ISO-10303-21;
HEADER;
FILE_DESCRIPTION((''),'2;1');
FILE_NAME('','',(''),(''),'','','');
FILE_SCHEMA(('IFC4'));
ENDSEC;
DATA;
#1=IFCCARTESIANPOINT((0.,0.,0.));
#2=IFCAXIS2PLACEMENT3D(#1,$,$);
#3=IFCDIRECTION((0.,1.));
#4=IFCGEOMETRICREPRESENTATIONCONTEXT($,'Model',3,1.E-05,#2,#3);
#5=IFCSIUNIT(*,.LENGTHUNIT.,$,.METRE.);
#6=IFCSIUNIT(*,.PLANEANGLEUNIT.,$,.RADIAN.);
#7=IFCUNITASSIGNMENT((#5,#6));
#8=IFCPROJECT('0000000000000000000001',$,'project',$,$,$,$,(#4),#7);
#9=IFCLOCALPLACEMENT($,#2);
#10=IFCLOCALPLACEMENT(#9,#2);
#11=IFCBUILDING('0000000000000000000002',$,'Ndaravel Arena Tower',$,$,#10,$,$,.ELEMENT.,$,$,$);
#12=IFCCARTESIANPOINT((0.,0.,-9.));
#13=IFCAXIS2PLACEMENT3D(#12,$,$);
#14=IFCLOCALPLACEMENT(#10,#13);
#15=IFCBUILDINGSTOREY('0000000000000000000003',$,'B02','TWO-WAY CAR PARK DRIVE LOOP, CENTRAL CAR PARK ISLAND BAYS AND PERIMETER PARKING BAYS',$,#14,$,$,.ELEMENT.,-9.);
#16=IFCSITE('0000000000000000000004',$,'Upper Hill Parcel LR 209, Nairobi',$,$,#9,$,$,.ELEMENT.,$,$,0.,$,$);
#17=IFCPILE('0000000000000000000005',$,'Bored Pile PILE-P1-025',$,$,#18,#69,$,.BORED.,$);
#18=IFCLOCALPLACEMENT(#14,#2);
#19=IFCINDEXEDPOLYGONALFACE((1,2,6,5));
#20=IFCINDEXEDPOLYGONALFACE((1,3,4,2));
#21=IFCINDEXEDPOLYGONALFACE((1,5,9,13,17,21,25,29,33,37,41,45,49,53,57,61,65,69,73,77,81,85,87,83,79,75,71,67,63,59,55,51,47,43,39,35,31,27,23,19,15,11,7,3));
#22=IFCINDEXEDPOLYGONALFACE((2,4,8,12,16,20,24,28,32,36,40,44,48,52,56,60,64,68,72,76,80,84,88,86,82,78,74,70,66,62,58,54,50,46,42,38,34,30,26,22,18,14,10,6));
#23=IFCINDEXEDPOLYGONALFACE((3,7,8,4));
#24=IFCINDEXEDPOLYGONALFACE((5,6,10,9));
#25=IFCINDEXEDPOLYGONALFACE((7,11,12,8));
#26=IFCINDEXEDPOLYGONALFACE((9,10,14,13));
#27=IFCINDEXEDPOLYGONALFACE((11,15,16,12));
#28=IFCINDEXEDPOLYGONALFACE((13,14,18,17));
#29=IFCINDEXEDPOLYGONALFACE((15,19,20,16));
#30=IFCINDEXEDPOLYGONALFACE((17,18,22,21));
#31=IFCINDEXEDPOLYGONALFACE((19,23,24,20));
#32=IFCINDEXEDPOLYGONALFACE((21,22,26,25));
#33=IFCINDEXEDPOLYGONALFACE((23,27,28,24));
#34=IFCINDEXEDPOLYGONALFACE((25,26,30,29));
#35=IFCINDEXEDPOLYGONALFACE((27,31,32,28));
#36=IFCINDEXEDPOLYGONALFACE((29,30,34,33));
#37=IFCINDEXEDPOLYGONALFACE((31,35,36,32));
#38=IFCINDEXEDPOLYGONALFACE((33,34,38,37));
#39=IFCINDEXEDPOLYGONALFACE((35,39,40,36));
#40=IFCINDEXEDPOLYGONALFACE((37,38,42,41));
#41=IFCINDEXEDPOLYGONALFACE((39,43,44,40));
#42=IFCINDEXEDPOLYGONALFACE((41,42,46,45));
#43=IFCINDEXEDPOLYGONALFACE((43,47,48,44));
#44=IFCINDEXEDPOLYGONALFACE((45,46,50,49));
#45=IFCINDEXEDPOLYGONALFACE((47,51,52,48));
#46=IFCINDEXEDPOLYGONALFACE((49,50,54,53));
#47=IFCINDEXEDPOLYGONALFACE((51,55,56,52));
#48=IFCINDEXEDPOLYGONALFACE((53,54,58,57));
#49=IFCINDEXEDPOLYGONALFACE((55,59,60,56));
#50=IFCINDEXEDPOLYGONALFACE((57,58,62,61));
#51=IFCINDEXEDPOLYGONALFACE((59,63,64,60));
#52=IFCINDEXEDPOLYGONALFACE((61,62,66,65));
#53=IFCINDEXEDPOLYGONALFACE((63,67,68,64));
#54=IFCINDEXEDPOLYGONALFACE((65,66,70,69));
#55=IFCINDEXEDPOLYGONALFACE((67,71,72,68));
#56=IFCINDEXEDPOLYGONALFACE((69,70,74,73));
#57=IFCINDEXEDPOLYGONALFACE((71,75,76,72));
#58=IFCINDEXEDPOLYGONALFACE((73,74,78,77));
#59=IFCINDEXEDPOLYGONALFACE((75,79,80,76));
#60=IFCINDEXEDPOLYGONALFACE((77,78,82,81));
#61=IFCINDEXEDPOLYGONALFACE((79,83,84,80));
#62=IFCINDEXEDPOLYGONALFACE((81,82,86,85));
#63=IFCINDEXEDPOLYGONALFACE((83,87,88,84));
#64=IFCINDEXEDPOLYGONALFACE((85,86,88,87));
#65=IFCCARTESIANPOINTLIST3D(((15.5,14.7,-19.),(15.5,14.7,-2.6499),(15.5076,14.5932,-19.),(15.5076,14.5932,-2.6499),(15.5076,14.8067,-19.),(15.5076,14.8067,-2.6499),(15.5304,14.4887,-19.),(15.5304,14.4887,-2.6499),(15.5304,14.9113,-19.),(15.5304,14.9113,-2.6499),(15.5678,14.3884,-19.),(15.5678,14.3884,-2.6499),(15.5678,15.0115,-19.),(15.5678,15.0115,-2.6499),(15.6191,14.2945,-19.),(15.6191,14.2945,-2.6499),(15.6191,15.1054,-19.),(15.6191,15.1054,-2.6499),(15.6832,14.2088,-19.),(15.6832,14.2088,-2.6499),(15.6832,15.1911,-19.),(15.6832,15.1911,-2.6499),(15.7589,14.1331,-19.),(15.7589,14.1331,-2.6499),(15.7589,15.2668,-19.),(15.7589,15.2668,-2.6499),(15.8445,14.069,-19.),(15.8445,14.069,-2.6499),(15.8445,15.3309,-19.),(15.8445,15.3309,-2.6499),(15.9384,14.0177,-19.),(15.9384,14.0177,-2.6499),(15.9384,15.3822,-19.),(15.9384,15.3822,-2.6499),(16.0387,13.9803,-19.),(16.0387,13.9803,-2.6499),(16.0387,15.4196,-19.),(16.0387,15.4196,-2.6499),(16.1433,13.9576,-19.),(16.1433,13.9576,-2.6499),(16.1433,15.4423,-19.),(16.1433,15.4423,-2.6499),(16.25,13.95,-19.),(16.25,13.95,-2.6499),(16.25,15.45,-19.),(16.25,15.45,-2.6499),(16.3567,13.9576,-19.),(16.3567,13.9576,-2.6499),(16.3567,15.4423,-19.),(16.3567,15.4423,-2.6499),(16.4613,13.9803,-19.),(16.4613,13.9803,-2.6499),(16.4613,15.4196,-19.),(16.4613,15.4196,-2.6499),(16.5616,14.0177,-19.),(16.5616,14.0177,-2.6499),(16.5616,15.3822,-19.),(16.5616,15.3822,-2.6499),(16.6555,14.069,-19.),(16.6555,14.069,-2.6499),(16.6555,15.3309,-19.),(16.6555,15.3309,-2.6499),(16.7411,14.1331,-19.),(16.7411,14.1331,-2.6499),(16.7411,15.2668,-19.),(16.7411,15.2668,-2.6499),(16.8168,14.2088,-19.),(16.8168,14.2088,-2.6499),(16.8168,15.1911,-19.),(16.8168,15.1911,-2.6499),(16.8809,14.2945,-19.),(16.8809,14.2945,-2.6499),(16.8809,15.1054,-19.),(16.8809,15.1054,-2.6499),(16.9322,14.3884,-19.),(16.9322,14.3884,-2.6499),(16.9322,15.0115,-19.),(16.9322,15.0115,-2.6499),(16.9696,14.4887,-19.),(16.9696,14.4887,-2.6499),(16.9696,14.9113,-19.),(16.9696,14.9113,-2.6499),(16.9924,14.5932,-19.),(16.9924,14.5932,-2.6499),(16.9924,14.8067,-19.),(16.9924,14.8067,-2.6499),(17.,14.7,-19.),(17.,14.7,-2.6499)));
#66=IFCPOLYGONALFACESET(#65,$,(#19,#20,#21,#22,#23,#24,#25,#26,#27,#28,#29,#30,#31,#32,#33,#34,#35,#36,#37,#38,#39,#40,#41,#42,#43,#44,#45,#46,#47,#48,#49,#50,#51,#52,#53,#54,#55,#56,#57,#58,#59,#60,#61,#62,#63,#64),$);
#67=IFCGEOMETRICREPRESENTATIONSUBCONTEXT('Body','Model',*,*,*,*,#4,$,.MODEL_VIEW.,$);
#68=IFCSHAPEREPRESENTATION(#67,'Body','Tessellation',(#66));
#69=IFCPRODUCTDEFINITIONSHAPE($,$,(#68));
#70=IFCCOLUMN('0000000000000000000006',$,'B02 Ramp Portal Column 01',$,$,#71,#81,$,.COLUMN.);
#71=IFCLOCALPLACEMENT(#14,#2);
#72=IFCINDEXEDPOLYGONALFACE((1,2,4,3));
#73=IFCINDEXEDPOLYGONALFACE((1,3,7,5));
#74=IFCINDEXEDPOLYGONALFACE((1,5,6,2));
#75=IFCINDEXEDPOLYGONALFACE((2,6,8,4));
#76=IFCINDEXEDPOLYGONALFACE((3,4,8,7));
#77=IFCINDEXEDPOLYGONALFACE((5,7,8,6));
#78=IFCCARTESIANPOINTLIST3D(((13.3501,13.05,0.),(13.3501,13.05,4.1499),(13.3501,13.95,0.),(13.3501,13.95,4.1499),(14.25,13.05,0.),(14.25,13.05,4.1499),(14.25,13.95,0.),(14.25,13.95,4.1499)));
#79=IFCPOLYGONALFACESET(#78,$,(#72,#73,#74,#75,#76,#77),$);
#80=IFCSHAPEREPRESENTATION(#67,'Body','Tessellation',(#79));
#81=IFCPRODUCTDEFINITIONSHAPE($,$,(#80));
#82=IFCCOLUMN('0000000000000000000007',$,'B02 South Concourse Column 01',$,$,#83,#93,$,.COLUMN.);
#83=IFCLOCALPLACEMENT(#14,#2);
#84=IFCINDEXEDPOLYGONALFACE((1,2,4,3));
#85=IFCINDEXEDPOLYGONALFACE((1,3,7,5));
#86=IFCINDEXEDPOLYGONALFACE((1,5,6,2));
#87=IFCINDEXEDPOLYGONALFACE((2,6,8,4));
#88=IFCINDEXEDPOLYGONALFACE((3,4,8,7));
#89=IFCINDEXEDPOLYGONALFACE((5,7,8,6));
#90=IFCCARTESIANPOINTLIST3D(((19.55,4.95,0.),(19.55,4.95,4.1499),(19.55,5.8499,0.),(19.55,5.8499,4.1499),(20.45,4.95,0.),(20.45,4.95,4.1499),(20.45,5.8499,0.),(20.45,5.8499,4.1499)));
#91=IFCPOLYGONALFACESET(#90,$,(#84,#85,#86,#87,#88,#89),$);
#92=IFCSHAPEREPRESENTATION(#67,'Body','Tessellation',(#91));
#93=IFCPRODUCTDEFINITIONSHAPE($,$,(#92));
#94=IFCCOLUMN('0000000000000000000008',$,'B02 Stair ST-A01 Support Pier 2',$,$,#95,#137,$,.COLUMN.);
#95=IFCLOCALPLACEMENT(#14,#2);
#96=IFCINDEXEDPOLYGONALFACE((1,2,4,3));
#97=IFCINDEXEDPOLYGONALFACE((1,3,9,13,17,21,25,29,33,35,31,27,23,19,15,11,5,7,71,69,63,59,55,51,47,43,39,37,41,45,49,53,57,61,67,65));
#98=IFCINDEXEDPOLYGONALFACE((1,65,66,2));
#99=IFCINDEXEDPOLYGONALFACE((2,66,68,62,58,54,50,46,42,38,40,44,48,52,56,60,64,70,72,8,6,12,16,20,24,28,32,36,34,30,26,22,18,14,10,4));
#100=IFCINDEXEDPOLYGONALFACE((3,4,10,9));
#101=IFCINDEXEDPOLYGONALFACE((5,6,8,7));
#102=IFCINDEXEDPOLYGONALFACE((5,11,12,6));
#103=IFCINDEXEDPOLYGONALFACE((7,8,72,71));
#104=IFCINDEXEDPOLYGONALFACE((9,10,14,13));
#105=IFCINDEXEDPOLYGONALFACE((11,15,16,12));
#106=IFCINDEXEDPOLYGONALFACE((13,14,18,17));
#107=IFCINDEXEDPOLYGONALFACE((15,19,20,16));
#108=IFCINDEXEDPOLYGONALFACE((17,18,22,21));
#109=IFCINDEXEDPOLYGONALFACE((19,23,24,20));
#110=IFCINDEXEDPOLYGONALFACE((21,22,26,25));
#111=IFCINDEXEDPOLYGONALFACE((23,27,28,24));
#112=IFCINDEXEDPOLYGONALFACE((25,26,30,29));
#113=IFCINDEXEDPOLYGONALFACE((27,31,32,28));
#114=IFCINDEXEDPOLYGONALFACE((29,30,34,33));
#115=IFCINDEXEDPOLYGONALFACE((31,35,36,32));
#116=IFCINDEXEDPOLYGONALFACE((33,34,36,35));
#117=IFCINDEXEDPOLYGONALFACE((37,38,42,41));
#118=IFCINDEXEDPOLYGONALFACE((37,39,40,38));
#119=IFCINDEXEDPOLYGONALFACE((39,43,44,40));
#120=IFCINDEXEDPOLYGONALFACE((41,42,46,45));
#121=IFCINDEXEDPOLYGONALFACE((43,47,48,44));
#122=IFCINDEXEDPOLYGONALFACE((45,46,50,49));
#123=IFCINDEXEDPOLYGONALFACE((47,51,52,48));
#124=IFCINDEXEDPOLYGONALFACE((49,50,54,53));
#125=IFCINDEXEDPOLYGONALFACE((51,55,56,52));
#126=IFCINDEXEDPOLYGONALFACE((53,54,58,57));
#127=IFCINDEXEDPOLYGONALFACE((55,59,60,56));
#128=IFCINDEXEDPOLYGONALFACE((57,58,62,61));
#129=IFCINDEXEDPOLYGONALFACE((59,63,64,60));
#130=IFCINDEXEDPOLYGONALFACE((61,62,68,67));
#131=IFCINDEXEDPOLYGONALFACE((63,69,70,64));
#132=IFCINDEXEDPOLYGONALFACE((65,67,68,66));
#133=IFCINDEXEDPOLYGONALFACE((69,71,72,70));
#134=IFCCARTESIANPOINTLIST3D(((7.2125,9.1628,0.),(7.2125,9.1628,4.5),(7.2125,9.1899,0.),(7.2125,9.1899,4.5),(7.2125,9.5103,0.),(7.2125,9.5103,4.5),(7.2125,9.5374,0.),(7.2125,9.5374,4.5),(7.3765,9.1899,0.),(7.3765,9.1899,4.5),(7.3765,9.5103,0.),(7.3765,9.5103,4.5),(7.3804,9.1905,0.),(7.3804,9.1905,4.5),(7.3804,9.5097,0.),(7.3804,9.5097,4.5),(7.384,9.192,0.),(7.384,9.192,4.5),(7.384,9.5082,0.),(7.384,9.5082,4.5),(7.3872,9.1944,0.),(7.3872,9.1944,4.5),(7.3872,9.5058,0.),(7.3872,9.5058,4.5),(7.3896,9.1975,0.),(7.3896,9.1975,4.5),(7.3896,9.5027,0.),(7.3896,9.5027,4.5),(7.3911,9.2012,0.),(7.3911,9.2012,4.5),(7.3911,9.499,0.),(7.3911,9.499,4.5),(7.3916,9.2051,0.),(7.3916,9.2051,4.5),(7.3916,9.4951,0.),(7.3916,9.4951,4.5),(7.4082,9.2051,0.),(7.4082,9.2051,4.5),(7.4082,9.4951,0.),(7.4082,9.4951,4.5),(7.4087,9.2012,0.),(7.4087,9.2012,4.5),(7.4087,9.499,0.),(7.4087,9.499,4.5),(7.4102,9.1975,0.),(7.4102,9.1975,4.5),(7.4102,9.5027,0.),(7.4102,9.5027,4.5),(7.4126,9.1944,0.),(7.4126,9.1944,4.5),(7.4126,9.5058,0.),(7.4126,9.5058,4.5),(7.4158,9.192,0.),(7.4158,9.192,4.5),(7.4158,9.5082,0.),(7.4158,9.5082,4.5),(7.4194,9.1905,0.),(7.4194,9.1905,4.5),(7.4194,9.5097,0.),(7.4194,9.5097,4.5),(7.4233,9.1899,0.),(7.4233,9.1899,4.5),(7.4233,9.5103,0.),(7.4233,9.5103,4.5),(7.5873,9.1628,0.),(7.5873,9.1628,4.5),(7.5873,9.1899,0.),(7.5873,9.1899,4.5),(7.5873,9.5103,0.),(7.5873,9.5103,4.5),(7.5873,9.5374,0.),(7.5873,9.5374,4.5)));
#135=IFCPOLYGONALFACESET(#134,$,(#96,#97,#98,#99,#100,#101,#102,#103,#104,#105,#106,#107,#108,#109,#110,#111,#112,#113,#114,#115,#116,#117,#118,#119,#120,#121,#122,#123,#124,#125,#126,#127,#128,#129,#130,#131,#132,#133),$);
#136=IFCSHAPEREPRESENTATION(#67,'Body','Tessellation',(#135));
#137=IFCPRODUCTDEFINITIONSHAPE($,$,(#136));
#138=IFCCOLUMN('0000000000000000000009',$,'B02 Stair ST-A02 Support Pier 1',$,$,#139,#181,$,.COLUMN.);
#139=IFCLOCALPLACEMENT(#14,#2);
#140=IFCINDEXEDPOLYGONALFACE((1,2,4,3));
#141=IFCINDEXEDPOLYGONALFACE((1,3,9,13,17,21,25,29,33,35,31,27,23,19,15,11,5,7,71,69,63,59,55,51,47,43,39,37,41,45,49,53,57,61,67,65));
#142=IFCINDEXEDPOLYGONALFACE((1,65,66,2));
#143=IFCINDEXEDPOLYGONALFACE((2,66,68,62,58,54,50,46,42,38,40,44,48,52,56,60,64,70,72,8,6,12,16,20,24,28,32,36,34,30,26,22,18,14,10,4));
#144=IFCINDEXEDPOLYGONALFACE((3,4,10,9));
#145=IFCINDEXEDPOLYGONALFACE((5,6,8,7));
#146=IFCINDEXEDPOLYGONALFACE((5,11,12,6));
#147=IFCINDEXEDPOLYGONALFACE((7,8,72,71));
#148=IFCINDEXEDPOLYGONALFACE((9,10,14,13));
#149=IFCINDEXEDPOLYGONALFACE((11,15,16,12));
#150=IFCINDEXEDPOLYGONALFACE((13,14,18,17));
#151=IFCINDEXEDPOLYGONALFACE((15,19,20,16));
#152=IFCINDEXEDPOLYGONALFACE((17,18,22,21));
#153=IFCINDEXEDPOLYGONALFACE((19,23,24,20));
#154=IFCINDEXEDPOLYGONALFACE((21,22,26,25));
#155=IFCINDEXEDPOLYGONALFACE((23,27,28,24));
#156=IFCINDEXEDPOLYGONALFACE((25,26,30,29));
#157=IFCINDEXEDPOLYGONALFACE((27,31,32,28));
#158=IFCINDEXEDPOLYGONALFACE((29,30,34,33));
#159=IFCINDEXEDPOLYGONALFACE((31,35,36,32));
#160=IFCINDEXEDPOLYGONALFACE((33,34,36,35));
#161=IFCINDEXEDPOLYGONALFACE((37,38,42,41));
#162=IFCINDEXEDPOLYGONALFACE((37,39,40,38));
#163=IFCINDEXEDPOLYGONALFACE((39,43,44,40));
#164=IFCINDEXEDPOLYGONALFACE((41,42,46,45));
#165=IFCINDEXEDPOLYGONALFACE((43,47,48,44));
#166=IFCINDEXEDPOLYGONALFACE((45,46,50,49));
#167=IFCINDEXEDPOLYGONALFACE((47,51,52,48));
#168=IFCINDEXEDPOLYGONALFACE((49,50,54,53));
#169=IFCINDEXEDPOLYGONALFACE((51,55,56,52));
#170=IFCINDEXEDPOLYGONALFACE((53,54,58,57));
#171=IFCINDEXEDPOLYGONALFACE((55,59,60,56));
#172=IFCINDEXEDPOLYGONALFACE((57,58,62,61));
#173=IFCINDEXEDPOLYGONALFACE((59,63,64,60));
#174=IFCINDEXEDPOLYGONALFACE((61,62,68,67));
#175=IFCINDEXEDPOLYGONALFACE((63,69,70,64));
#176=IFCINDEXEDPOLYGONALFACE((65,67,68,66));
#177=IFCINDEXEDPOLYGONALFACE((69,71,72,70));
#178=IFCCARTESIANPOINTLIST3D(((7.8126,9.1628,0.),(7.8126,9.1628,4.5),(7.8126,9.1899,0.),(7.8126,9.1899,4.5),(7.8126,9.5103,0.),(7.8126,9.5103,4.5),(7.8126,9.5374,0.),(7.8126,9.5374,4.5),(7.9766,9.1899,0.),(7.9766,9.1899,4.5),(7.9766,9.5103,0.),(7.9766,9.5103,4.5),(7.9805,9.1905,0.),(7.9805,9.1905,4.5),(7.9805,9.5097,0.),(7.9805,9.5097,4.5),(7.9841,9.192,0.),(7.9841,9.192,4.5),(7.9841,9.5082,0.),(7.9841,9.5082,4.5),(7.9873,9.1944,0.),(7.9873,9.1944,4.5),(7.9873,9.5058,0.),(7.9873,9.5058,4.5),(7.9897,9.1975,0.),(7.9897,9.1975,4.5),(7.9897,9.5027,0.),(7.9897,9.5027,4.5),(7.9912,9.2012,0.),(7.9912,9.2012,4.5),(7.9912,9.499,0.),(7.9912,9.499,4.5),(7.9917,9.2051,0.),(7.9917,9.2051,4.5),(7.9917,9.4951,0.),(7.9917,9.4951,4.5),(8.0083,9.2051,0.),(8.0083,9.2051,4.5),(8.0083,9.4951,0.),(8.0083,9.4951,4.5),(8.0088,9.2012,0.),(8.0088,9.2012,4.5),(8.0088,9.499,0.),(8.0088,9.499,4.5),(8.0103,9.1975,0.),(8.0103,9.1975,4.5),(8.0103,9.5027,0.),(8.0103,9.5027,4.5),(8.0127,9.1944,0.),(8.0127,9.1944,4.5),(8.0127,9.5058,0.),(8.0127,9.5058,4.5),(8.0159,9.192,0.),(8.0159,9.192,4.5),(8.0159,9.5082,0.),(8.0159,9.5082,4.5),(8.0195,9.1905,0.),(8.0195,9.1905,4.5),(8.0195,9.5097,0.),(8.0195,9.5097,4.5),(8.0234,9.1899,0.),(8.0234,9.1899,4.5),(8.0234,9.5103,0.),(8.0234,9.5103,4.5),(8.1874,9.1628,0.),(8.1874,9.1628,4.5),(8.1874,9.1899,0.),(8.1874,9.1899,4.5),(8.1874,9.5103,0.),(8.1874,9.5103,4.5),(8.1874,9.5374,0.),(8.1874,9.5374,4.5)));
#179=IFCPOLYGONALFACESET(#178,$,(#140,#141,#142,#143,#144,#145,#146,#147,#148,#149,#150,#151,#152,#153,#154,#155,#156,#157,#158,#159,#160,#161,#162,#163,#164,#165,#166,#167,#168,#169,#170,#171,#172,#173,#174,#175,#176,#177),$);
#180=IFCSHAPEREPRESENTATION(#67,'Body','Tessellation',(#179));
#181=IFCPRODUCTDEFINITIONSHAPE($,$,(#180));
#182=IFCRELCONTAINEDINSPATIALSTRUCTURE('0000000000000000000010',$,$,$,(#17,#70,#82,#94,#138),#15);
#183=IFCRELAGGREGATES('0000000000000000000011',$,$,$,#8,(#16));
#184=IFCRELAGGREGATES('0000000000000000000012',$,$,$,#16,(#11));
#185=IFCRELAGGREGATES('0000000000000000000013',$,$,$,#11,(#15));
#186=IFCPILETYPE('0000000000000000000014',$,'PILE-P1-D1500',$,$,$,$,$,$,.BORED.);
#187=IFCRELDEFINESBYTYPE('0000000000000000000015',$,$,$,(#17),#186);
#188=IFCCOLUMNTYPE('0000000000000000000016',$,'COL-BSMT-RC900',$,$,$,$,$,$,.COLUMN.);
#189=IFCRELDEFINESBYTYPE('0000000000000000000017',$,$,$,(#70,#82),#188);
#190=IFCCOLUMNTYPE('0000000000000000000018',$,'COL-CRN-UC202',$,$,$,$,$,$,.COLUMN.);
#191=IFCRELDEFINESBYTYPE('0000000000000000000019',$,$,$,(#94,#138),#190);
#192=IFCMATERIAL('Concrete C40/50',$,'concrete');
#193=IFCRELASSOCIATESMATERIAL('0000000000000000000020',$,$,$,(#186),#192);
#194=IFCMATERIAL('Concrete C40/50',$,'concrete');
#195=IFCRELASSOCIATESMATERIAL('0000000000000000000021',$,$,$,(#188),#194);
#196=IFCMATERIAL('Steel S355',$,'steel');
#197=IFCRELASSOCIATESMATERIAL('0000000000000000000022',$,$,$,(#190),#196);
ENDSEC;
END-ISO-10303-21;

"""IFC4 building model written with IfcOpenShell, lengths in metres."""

from ifc_helpers import new_model, si_unit, direction, frame, origin, origin_2d, place, context, subcontext, project, spatial, rectangle, circle, i_section, extrude, material, material_profile, profile_set, type_object, element, save


model = new_model("IFC4")

# Units and contexts
model_context = context("Model", 3, precision=1e-05, world=origin(), true_north=direction((0.0, 1.0)))
body_context = subcontext(model_context, "Body", "Model", "MODEL_VIEW")
ifc_project = project(units=[si_unit("LENGTHUNIT", "METRE"), si_unit("PLANEANGLEUNIT", "RADIAN")], contexts=[model_context])

# Site, building, storey
site_placement = place(None, origin())
site = spatial("IfcSite", under=ifc_project, at=site_placement, Name="Upper Hill Parcel LR 209, Nairobi", CompositionType="ELEMENT", RefElevation=0.0)
building_placement = place(site_placement, origin())
building = spatial("IfcBuilding", under=site, at=building_placement, Name="Ndaravel Arena Tower", CompositionType="ELEMENT")
storey_placement = place(building_placement, frame((0.0, 0.0, -9.0)))
storey = spatial("IfcBuildingStorey", under=building, at=storey_placement, Name="B02", Description="TWO-WAY CAR PARK DRIVE LOOP, CENTRAL CAR PARK ISLAND BAYS AND PERIMETER PARKING BAYS", CompositionType="ELEMENT", Elevation=-9.0)

# Pile
ifc_material_1 = material(Name="Concrete C40/50", Category="concrete")
ifc_material_profile_1 = material_profile(ifc_material_1, circle(Radius=0.75, at=origin_2d()), Name="BORED PILE D1500")
ifc_profile_set_1 = profile_set([ifc_material_profile_1], Name="Concrete C40/50")
pile_type = type_object("IfcPileType", Name="PILE-P1-D1500", PredefinedType="BORED", material=ifc_profile_set_1)
for number, where, z_axis, x_axis, name in (
    (1, (16.25, 14.7, -2.6499), (0.0, 0.0, -1.0), (1.0, 0.0, 0.0), "Bored Pile PILE-P1-025"),
):
    element("IfcPile", number, at=place(storey_placement, frame(where, z_axis=z_axis, x_axis=x_axis)), inside=storey, type_object=pile_type, Name=name, PredefinedType="BORED", context=body_context, shape_type="SweptSolid", body=[
        extrude(circle(Radius=0.75, at=origin_2d()), origin(), (0.0, 0.0, 1.0), 16.3501),
    ])

# Columns
ifc_material_2 = material(Name="Concrete C40/50", Category="concrete")
ifc_material_profile_2 = material_profile(ifc_material_2, rectangle(XDim=0.8999, YDim=0.8999, at=origin_2d()), Name="RC 900x900")
ifc_profile_set_2 = profile_set([ifc_material_profile_2], Name="Concrete C40/50")
column_type_1 = type_object("IfcColumnType", Name="COL-BSMT-RC900", PredefinedType="COLUMN", material=ifc_profile_set_2)
for number, where, z_axis, x_axis, name in (
    (2, (13.8, 13.5, 0.0), (0.0, 0.0, 1.0), (1.0, 0.0, 0.0), "B02 Ramp Portal Column 01"),
    (3, (20.0, 5.3999, 0.0), (0.0, 0.0, 1.0), (1.0, 0.0, 0.0), "B02 South Concourse Column 01"),
):
    element("IfcColumn", number, at=place(storey_placement, frame(where, z_axis=z_axis, x_axis=x_axis)), inside=storey, type_object=column_type_1, Name=name, PredefinedType="COLUMN", context=body_context, shape_type="SweptSolid", body=[
        extrude(rectangle(XDim=0.8999, YDim=0.8999, at=origin_2d()), origin(), (0.0, 0.0, 1.0), 4.1499),
    ])
ifc_material_3 = material(Name="Steel S355", Category="steel")
ifc_material_profile_3 = material_profile(ifc_material_3, i_section(OverallWidth=0.3748, OverallDepth=0.3745, WebThickness=0.0166, FlangeThickness=0.0271, FilletRadius=0.0151, at=origin_2d()), Name="UC 356x368x202")
ifc_profile_set_3 = profile_set([ifc_material_profile_3], Name="Steel S355")
column_type_2 = type_object("IfcColumnType", Name="COL-CRN-UC202", PredefinedType="COLUMN", material=ifc_profile_set_3)
for number, where, z_axis, x_axis, name in (
    (4, (7.3999, 9.3501, 0.0), (0.0, 0.0, 1.0), (1.0, 0.0, 0.0), "B02 Stair ST-A01 Support Pier 2"),
    (5, (8.0, 9.3501, 0.0), (0.0, 0.0, 1.0), (1.0, 0.0, 0.0), "B02 Stair ST-A02 Support Pier 1"),
):
    element("IfcColumn", number, at=place(storey_placement, frame(where, z_axis=z_axis, x_axis=x_axis)), inside=storey, type_object=column_type_2, Name=name, PredefinedType="COLUMN", context=body_context, shape_type="SweptSolid", body=[
        extrude(i_section(OverallWidth=0.3748, OverallDepth=0.3745, WebThickness=0.0166, FlangeThickness=0.0271, FilletRadius=0.0151, at=origin_2d()), origin(), (0.0, 0.0, 1.0), 4.5),
    ])

save(model, "model.ifc")
